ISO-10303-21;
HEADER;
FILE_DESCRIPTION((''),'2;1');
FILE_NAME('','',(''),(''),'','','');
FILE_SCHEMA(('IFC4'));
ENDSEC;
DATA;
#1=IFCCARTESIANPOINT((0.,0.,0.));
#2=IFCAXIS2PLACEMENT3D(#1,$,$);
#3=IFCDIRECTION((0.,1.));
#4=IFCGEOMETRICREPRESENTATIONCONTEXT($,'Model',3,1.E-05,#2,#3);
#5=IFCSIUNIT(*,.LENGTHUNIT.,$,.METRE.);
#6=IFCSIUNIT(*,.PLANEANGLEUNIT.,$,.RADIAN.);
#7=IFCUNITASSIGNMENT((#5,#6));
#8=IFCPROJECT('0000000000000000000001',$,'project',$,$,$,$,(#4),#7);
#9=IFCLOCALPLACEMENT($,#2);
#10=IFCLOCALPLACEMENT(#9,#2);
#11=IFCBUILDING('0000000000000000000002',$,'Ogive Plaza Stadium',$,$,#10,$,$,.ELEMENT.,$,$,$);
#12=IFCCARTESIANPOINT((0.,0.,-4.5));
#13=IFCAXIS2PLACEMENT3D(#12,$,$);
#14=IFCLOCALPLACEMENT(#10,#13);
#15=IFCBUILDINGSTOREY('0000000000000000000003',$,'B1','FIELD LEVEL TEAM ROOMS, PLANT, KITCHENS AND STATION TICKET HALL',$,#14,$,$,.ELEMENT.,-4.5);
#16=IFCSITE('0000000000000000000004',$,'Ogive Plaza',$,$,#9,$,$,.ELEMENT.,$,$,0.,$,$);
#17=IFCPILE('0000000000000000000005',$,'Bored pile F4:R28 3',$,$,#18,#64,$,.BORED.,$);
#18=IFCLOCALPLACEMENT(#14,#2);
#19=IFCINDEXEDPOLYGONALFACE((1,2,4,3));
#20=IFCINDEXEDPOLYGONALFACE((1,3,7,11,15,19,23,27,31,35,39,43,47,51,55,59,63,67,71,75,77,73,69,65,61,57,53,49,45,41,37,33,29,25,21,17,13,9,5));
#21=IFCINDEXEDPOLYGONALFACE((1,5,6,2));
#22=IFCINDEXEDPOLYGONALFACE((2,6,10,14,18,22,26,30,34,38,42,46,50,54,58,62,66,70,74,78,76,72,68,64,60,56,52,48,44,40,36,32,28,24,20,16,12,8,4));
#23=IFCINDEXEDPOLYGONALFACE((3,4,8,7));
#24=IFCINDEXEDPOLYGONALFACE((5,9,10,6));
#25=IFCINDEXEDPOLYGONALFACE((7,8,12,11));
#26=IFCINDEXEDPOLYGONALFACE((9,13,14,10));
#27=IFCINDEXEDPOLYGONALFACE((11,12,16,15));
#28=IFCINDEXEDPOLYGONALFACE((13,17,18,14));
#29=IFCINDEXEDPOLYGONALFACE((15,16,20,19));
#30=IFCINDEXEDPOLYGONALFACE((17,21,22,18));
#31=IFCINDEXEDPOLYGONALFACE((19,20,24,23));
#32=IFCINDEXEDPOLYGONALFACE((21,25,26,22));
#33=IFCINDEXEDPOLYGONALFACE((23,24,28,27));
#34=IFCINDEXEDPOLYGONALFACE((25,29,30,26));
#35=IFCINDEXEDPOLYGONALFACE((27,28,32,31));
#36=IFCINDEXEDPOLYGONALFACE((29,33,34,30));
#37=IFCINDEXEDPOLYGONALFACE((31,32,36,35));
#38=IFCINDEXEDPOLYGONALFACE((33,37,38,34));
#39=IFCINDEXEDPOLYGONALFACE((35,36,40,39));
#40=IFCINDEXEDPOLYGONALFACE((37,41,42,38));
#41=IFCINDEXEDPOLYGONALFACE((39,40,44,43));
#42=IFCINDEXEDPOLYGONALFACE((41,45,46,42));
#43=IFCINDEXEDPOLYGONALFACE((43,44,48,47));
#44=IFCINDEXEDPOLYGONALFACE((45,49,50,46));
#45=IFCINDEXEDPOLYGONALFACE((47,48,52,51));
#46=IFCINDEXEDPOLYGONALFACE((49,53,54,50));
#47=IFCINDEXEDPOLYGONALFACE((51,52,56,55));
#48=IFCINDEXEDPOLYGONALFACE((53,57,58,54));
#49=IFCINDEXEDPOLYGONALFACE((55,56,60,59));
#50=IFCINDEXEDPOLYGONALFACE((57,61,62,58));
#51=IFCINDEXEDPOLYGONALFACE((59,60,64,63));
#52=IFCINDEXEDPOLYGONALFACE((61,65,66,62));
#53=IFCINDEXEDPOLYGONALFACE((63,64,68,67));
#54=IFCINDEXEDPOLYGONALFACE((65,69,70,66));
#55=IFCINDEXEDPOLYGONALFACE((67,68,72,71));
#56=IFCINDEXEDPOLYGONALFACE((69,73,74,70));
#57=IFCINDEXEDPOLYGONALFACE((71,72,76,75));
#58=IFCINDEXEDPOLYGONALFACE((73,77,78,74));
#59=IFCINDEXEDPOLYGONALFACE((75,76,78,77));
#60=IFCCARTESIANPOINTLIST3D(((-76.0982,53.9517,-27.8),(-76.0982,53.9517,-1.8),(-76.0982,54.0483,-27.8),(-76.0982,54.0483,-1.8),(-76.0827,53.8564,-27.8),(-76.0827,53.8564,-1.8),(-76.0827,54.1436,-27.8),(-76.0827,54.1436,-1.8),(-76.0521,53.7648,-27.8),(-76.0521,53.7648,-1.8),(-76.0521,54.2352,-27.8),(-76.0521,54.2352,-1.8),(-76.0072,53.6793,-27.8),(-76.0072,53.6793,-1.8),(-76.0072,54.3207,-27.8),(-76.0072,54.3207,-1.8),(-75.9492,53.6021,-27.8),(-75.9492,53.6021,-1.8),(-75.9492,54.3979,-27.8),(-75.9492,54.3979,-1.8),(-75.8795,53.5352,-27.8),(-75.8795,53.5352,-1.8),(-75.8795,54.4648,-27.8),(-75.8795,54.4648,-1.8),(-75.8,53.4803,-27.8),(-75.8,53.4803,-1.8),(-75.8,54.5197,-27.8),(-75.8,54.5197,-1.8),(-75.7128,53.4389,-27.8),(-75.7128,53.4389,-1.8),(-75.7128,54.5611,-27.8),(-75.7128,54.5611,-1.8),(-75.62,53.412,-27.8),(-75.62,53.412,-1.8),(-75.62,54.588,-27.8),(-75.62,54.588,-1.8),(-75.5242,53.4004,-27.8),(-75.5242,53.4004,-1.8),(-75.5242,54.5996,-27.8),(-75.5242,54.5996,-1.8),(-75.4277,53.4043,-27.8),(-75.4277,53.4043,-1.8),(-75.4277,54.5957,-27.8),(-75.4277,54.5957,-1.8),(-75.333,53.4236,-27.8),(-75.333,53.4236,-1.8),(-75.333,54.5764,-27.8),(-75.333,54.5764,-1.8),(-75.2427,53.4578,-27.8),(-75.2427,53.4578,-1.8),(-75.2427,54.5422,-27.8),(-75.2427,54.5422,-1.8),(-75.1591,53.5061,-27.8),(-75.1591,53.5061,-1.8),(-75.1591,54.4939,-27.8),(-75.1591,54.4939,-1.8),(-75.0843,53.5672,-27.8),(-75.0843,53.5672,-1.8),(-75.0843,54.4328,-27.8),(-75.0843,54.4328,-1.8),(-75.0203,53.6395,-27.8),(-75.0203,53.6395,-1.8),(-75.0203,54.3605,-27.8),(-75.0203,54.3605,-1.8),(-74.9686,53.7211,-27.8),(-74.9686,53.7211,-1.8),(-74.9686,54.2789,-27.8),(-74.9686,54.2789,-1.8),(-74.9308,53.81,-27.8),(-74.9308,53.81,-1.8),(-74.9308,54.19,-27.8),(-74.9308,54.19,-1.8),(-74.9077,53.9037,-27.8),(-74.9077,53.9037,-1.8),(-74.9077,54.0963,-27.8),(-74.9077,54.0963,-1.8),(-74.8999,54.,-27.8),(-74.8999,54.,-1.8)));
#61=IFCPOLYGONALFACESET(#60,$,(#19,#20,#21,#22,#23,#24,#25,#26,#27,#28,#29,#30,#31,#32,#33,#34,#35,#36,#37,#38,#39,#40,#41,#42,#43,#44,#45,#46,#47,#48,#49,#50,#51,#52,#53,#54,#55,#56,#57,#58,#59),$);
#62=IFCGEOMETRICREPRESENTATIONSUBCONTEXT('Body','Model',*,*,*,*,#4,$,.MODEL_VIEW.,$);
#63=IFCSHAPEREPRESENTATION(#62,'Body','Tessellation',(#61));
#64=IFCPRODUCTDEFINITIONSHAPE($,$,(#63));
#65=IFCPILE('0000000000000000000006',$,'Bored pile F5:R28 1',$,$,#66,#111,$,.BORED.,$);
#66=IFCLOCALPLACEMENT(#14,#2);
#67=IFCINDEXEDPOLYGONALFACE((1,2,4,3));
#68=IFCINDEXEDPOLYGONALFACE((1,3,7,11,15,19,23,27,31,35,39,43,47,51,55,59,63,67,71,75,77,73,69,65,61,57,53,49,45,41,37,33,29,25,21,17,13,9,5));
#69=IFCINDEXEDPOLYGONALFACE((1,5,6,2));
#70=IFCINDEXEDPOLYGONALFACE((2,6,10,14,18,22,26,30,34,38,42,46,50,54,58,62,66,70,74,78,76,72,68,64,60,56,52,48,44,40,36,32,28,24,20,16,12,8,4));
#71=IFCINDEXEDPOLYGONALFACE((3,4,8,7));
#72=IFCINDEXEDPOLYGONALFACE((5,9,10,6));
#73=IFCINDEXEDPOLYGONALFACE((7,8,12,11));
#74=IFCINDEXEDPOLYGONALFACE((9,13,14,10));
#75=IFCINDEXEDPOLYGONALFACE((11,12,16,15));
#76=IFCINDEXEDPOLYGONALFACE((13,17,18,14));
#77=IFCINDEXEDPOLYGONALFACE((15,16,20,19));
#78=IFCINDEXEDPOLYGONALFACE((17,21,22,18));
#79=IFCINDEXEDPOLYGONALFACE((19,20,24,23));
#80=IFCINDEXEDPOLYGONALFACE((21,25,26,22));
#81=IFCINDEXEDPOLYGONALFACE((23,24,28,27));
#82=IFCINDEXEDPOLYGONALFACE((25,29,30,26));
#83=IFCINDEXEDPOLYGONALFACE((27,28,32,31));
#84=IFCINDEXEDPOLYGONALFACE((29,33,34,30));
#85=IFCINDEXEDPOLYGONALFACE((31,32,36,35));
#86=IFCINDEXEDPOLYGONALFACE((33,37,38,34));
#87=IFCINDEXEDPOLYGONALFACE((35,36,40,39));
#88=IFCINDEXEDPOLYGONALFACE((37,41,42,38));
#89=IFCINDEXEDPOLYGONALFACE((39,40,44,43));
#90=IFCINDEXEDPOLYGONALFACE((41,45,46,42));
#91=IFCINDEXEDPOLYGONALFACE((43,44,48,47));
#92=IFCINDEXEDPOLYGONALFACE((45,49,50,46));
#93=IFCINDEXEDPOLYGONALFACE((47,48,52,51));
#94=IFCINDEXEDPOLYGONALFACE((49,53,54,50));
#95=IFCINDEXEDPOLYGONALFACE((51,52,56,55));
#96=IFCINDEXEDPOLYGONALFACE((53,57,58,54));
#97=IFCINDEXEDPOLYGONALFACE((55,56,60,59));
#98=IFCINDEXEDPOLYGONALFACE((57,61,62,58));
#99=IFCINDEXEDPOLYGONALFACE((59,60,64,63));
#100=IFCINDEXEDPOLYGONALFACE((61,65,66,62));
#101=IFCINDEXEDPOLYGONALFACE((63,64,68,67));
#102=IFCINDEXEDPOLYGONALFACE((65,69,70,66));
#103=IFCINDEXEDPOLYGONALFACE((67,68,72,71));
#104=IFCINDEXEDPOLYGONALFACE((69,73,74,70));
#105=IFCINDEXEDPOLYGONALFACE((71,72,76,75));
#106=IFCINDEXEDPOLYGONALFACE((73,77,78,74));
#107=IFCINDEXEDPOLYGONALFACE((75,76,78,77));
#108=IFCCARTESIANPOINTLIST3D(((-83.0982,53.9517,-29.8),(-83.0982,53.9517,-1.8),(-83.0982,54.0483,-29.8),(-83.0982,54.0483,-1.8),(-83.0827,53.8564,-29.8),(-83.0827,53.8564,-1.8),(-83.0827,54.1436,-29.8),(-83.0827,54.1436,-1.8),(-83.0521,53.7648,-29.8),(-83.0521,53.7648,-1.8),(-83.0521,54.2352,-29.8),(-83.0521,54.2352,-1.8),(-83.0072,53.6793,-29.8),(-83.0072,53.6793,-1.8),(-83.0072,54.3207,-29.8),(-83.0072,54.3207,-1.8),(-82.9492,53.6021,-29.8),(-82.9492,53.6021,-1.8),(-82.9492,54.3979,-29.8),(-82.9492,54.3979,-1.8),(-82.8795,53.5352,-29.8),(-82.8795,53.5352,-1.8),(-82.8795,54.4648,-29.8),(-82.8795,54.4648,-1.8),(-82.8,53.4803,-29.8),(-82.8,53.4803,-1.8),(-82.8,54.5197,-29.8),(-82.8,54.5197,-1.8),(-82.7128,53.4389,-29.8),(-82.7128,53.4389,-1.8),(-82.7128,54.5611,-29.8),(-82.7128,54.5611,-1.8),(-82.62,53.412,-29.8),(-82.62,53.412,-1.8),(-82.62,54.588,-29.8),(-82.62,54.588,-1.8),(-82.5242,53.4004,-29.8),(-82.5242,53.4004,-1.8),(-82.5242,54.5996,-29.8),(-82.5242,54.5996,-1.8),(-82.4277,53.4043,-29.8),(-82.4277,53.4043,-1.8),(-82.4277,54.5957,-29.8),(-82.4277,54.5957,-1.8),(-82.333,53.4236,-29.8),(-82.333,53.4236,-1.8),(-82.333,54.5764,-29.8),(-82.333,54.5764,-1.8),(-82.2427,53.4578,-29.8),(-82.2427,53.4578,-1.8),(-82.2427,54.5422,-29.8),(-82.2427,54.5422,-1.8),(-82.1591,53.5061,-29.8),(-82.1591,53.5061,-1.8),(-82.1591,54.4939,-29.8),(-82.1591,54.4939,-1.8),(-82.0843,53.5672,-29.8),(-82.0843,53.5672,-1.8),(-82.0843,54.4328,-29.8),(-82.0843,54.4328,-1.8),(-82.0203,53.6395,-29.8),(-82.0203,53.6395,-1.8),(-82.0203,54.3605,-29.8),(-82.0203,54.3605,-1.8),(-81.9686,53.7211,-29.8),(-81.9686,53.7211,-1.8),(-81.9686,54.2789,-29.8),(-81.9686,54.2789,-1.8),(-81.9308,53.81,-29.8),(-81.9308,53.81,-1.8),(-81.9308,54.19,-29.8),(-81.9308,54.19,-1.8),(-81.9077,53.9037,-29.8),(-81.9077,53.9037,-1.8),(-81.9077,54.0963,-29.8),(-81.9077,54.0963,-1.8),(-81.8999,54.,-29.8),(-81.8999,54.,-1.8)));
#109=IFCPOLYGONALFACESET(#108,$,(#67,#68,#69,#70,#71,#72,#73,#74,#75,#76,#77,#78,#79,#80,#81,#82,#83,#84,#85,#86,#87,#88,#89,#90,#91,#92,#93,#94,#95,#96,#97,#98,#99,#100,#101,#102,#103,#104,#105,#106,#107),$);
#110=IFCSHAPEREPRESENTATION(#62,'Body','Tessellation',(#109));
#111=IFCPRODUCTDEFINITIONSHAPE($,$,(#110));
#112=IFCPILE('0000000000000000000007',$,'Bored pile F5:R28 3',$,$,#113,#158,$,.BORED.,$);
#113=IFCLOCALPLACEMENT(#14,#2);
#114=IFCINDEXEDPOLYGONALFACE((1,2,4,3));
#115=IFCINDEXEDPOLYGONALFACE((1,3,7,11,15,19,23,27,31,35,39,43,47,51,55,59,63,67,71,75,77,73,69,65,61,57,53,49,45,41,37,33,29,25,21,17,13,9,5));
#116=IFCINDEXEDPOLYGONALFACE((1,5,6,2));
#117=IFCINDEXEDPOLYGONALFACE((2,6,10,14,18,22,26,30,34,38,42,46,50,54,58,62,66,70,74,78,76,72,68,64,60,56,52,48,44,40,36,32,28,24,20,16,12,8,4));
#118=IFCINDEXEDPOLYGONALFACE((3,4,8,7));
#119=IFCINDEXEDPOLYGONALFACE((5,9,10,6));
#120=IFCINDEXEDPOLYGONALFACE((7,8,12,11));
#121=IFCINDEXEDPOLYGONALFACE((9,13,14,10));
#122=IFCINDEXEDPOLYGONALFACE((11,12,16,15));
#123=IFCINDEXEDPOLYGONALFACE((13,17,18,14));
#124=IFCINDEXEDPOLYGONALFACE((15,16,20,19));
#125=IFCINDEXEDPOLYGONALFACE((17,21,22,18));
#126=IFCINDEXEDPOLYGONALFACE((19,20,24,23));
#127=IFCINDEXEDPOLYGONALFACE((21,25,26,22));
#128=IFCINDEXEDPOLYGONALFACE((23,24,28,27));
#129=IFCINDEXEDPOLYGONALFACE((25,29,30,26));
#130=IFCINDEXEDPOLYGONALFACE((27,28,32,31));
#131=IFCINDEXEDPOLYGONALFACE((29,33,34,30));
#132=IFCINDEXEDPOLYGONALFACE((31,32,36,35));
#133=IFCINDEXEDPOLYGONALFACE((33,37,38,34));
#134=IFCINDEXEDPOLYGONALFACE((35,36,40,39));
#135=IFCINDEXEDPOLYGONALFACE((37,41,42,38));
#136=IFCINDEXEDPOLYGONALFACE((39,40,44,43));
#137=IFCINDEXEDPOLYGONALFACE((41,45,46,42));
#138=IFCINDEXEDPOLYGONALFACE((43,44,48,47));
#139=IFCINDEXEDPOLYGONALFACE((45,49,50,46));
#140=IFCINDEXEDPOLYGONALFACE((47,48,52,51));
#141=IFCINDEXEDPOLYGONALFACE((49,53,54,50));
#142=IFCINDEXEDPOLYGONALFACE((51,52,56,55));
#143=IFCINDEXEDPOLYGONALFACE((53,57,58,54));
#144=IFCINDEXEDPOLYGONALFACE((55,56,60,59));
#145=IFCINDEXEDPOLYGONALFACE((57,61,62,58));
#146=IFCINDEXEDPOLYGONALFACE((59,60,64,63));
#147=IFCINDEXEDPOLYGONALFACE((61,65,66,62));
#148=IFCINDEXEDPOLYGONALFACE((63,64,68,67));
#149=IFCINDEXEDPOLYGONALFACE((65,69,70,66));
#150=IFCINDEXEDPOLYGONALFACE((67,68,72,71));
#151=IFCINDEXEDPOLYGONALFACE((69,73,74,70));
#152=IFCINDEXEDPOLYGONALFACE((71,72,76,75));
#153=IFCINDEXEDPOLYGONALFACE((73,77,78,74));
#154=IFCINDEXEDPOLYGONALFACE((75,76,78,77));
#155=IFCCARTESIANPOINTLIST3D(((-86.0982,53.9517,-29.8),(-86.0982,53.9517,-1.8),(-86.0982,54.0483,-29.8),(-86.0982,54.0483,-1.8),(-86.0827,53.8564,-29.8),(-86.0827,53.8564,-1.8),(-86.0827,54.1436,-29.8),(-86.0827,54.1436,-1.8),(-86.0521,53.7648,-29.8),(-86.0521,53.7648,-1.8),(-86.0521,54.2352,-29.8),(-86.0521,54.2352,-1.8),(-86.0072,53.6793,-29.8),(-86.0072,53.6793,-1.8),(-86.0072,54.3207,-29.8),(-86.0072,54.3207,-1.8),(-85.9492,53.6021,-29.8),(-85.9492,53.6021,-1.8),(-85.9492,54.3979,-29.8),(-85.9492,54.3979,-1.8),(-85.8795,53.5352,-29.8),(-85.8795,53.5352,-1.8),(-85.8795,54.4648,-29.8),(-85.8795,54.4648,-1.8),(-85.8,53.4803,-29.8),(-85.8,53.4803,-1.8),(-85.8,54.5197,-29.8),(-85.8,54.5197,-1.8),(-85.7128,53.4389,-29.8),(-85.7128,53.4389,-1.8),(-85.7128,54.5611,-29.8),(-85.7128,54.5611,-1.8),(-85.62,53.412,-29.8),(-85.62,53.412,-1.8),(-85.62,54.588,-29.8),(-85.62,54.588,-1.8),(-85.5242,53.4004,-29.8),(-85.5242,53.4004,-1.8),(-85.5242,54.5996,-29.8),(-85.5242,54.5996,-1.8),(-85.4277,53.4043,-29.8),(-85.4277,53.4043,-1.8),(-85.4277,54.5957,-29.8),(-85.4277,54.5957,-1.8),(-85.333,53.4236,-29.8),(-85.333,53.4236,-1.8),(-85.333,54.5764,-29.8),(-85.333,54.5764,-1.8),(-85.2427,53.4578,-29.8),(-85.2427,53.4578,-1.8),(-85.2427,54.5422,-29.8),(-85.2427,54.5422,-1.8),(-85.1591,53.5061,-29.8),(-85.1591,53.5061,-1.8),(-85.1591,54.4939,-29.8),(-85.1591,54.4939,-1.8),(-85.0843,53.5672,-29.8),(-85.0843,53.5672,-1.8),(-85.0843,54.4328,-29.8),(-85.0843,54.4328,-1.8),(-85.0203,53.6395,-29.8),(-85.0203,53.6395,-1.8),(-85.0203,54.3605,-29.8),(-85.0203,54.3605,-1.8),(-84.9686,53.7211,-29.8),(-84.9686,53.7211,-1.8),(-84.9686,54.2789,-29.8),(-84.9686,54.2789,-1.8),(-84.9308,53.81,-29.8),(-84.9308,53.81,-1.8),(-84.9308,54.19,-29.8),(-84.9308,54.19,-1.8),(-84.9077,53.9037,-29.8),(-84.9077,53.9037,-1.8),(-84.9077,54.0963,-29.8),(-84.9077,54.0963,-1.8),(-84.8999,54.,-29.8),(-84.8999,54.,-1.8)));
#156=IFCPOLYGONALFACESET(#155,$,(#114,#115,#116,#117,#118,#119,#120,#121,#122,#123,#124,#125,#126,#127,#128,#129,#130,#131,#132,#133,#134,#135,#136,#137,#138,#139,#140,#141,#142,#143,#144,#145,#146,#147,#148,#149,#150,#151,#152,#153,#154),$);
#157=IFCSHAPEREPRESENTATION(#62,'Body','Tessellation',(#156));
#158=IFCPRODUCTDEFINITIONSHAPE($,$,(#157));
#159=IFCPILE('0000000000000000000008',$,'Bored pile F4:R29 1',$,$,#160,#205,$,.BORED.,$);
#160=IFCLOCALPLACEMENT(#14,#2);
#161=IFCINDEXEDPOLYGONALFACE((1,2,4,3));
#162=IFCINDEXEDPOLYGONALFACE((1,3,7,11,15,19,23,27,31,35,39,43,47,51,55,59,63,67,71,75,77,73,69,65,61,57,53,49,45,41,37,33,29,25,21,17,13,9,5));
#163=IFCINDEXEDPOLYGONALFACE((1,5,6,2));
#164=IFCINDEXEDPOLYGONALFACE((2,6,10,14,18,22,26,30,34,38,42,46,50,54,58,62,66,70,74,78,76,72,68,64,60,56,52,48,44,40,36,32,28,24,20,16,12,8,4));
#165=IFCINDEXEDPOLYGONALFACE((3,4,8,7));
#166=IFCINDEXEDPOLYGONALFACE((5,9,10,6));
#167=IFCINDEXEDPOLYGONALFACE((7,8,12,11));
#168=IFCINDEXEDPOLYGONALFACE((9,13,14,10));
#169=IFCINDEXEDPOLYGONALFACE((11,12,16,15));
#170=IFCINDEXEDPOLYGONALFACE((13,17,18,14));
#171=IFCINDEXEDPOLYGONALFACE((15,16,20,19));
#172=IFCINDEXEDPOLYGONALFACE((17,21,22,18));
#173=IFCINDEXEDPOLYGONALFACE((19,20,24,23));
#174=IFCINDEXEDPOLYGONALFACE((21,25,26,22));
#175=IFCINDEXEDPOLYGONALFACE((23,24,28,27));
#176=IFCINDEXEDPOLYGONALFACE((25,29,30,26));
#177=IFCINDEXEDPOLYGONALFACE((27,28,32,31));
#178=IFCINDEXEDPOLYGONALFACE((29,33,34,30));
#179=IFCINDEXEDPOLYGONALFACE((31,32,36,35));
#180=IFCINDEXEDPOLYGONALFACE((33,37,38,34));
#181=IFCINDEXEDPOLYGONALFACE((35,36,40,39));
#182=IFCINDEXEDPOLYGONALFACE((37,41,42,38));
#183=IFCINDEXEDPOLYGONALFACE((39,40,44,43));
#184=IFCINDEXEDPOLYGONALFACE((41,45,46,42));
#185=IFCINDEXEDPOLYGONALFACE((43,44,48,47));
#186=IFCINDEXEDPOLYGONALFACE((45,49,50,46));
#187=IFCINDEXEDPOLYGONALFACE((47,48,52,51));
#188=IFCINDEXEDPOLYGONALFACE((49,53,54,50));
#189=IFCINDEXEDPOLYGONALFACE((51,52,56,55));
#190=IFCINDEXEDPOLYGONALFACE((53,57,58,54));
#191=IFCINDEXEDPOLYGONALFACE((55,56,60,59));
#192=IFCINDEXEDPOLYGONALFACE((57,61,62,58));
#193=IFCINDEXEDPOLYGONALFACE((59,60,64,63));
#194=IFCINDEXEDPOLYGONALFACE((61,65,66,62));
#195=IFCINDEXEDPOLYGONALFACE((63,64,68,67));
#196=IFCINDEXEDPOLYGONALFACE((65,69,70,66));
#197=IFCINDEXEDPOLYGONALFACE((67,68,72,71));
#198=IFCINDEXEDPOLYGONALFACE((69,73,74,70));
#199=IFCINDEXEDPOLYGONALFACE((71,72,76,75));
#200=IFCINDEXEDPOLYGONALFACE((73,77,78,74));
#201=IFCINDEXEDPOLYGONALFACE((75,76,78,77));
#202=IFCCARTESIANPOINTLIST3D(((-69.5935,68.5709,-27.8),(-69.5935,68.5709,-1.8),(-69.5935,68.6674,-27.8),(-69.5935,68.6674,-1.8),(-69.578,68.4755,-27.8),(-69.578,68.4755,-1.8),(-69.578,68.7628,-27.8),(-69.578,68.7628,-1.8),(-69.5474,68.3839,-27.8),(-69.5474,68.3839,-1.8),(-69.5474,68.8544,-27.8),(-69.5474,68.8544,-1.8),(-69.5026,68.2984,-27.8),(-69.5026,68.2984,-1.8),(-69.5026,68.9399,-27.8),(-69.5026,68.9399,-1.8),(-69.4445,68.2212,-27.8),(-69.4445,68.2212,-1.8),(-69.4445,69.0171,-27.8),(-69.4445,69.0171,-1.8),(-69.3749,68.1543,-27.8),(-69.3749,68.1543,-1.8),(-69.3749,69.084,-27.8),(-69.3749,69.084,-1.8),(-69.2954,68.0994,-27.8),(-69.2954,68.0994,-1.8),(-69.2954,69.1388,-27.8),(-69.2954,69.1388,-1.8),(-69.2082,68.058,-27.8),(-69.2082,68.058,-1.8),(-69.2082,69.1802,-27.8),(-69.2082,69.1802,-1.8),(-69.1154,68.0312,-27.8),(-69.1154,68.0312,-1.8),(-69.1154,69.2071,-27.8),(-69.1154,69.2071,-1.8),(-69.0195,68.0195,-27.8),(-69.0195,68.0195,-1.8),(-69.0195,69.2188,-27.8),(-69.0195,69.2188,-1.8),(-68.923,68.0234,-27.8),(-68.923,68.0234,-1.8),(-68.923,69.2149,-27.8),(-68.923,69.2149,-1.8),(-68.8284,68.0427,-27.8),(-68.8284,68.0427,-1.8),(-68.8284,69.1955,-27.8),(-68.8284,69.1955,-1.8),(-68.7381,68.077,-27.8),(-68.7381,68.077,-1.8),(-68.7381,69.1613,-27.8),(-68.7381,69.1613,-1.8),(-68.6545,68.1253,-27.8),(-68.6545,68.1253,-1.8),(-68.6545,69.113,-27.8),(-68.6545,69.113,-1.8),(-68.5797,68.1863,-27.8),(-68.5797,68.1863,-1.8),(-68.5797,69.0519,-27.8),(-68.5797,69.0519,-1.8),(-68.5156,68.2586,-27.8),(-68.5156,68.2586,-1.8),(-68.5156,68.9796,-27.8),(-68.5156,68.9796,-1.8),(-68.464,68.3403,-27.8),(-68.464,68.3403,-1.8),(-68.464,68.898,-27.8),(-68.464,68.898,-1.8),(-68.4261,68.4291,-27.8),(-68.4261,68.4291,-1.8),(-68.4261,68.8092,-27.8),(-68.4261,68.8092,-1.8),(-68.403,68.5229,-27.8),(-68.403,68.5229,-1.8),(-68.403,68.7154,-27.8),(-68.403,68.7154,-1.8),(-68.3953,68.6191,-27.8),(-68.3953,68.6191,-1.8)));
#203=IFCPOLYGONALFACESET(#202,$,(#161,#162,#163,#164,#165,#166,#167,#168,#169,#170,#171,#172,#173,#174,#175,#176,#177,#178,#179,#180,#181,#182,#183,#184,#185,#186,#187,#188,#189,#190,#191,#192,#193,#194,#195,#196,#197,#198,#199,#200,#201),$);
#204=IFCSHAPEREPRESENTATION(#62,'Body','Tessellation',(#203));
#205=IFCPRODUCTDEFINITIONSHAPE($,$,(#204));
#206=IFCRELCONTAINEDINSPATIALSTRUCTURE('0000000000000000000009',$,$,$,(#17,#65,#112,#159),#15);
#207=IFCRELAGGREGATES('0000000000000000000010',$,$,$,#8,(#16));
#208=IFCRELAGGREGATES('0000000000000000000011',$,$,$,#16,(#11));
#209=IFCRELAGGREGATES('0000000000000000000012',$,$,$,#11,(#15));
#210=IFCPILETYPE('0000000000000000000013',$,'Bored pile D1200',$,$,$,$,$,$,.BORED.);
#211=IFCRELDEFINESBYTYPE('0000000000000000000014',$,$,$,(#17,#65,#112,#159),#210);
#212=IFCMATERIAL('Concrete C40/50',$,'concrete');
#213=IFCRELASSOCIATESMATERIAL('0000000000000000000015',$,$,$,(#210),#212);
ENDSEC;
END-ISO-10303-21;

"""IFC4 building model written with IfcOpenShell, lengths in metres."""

from ifc_helpers import new_model, si_unit, direction, frame, origin, origin_2d, place, context, subcontext, project, spatial, circle, extrude, material, material_profile, profile_set, type_object, element, save


model = new_model("IFC4")

# Units and contexts
model_context = context("Model", 3, precision=1e-05, world=origin(), true_north=direction((0.0, 1.0)))
body_context = subcontext(model_context, "Body", "Model", "MODEL_VIEW")
ifc_project = project(units=[si_unit("LENGTHUNIT", "METRE"), si_unit("PLANEANGLEUNIT", "RADIAN")], contexts=[model_context])

# Site, building, storey
site_placement = place(None, origin())
site = spatial("IfcSite", under=ifc_project, at=site_placement, Name="Ogive Plaza", CompositionType="ELEMENT", RefElevation=0.0)
building_placement = place(site_placement, origin())
building = spatial("IfcBuilding", under=site, at=building_placement, Name="Ogive Plaza Stadium", CompositionType="ELEMENT")
storey_placement = place(building_placement, frame((0.0, 0.0, -4.5)))
storey = spatial("IfcBuildingStorey", under=building, at=storey_placement, Name="B1", Description="FIELD LEVEL TEAM ROOMS, PLANT, KITCHENS AND STATION TICKET HALL", CompositionType="ELEMENT", Elevation=-4.5)

# Piles
ifc_material_1 = material(Name="Concrete C40/50", Category="concrete")
ifc_material_profile_1 = material_profile(ifc_material_1, circle(Radius=0.6001, at=origin_2d()), Name="RC D1200")
ifc_profile_set_1 = profile_set([ifc_material_profile_1], Name="Concrete C40/50")
pile_type_1 = type_object("IfcPileType", Name="Bored pile D1200", PredefinedType="BORED", material=ifc_profile_set_1)
for number, where, z_axis, x_axis, name in (
    (1, (-75.5, 54.0, -1.8), (0.0, 0.0, -1.0), (1.0, 0.0, 0.0), "Bored pile F4:R28 3"),
):
    element("IfcPile", number, at=place(storey_placement, frame(where, z_axis=z_axis, x_axis=x_axis)), inside=storey, type_object=pile_type_1, Name=name, PredefinedType="BORED", context=body_context, shape_type="SweptSolid", body=[
        extrude(circle(Radius=0.6001, at=origin_2d()), origin(), (0.0, 0.0, 1.0), 26.0),
    ])
for number, where, z_axis, x_axis, name in (
    (2, (-82.5, 54.0, -1.8), (0.0, 0.0, -1.0), (1.0, 0.0, 0.0), "Bored pile F5:R28 1"),
    (3, (-85.5, 54.0, -1.8), (0.0, 0.0, -1.0), (1.0, 0.0, 0.0), "Bored pile F5:R28 3"),
):
    element("IfcPile", number, at=place(storey_placement, frame(where, z_axis=z_axis, x_axis=x_axis)), inside=storey, type_object=pile_type_1, Name=name, PredefinedType="BORED", context=body_context, shape_type="SweptSolid", body=[
        extrude(circle(Radius=0.6001, at=origin_2d()), origin(), (0.0, 0.0, 1.0), 28.0),
    ])
for number, where, z_axis, x_axis, name in (
    (4, (-68.9954, 68.6191, -1.8), (0.0, 0.0, -1.0), (1.0, 0.0, 0.0), "Bored pile F4:R29 1"),
):
    element("IfcPile", number, at=place(storey_placement, frame(where, z_axis=z_axis, x_axis=x_axis)), inside=storey, type_object=pile_type_1, Name=name, PredefinedType="BORED", context=body_context, shape_type="SweptSolid", body=[
        extrude(circle(Radius=0.6001, at=origin_2d()), origin(), (0.0, 0.0, 1.0), 26.0),
    ])

save(model, "model.ifc")
